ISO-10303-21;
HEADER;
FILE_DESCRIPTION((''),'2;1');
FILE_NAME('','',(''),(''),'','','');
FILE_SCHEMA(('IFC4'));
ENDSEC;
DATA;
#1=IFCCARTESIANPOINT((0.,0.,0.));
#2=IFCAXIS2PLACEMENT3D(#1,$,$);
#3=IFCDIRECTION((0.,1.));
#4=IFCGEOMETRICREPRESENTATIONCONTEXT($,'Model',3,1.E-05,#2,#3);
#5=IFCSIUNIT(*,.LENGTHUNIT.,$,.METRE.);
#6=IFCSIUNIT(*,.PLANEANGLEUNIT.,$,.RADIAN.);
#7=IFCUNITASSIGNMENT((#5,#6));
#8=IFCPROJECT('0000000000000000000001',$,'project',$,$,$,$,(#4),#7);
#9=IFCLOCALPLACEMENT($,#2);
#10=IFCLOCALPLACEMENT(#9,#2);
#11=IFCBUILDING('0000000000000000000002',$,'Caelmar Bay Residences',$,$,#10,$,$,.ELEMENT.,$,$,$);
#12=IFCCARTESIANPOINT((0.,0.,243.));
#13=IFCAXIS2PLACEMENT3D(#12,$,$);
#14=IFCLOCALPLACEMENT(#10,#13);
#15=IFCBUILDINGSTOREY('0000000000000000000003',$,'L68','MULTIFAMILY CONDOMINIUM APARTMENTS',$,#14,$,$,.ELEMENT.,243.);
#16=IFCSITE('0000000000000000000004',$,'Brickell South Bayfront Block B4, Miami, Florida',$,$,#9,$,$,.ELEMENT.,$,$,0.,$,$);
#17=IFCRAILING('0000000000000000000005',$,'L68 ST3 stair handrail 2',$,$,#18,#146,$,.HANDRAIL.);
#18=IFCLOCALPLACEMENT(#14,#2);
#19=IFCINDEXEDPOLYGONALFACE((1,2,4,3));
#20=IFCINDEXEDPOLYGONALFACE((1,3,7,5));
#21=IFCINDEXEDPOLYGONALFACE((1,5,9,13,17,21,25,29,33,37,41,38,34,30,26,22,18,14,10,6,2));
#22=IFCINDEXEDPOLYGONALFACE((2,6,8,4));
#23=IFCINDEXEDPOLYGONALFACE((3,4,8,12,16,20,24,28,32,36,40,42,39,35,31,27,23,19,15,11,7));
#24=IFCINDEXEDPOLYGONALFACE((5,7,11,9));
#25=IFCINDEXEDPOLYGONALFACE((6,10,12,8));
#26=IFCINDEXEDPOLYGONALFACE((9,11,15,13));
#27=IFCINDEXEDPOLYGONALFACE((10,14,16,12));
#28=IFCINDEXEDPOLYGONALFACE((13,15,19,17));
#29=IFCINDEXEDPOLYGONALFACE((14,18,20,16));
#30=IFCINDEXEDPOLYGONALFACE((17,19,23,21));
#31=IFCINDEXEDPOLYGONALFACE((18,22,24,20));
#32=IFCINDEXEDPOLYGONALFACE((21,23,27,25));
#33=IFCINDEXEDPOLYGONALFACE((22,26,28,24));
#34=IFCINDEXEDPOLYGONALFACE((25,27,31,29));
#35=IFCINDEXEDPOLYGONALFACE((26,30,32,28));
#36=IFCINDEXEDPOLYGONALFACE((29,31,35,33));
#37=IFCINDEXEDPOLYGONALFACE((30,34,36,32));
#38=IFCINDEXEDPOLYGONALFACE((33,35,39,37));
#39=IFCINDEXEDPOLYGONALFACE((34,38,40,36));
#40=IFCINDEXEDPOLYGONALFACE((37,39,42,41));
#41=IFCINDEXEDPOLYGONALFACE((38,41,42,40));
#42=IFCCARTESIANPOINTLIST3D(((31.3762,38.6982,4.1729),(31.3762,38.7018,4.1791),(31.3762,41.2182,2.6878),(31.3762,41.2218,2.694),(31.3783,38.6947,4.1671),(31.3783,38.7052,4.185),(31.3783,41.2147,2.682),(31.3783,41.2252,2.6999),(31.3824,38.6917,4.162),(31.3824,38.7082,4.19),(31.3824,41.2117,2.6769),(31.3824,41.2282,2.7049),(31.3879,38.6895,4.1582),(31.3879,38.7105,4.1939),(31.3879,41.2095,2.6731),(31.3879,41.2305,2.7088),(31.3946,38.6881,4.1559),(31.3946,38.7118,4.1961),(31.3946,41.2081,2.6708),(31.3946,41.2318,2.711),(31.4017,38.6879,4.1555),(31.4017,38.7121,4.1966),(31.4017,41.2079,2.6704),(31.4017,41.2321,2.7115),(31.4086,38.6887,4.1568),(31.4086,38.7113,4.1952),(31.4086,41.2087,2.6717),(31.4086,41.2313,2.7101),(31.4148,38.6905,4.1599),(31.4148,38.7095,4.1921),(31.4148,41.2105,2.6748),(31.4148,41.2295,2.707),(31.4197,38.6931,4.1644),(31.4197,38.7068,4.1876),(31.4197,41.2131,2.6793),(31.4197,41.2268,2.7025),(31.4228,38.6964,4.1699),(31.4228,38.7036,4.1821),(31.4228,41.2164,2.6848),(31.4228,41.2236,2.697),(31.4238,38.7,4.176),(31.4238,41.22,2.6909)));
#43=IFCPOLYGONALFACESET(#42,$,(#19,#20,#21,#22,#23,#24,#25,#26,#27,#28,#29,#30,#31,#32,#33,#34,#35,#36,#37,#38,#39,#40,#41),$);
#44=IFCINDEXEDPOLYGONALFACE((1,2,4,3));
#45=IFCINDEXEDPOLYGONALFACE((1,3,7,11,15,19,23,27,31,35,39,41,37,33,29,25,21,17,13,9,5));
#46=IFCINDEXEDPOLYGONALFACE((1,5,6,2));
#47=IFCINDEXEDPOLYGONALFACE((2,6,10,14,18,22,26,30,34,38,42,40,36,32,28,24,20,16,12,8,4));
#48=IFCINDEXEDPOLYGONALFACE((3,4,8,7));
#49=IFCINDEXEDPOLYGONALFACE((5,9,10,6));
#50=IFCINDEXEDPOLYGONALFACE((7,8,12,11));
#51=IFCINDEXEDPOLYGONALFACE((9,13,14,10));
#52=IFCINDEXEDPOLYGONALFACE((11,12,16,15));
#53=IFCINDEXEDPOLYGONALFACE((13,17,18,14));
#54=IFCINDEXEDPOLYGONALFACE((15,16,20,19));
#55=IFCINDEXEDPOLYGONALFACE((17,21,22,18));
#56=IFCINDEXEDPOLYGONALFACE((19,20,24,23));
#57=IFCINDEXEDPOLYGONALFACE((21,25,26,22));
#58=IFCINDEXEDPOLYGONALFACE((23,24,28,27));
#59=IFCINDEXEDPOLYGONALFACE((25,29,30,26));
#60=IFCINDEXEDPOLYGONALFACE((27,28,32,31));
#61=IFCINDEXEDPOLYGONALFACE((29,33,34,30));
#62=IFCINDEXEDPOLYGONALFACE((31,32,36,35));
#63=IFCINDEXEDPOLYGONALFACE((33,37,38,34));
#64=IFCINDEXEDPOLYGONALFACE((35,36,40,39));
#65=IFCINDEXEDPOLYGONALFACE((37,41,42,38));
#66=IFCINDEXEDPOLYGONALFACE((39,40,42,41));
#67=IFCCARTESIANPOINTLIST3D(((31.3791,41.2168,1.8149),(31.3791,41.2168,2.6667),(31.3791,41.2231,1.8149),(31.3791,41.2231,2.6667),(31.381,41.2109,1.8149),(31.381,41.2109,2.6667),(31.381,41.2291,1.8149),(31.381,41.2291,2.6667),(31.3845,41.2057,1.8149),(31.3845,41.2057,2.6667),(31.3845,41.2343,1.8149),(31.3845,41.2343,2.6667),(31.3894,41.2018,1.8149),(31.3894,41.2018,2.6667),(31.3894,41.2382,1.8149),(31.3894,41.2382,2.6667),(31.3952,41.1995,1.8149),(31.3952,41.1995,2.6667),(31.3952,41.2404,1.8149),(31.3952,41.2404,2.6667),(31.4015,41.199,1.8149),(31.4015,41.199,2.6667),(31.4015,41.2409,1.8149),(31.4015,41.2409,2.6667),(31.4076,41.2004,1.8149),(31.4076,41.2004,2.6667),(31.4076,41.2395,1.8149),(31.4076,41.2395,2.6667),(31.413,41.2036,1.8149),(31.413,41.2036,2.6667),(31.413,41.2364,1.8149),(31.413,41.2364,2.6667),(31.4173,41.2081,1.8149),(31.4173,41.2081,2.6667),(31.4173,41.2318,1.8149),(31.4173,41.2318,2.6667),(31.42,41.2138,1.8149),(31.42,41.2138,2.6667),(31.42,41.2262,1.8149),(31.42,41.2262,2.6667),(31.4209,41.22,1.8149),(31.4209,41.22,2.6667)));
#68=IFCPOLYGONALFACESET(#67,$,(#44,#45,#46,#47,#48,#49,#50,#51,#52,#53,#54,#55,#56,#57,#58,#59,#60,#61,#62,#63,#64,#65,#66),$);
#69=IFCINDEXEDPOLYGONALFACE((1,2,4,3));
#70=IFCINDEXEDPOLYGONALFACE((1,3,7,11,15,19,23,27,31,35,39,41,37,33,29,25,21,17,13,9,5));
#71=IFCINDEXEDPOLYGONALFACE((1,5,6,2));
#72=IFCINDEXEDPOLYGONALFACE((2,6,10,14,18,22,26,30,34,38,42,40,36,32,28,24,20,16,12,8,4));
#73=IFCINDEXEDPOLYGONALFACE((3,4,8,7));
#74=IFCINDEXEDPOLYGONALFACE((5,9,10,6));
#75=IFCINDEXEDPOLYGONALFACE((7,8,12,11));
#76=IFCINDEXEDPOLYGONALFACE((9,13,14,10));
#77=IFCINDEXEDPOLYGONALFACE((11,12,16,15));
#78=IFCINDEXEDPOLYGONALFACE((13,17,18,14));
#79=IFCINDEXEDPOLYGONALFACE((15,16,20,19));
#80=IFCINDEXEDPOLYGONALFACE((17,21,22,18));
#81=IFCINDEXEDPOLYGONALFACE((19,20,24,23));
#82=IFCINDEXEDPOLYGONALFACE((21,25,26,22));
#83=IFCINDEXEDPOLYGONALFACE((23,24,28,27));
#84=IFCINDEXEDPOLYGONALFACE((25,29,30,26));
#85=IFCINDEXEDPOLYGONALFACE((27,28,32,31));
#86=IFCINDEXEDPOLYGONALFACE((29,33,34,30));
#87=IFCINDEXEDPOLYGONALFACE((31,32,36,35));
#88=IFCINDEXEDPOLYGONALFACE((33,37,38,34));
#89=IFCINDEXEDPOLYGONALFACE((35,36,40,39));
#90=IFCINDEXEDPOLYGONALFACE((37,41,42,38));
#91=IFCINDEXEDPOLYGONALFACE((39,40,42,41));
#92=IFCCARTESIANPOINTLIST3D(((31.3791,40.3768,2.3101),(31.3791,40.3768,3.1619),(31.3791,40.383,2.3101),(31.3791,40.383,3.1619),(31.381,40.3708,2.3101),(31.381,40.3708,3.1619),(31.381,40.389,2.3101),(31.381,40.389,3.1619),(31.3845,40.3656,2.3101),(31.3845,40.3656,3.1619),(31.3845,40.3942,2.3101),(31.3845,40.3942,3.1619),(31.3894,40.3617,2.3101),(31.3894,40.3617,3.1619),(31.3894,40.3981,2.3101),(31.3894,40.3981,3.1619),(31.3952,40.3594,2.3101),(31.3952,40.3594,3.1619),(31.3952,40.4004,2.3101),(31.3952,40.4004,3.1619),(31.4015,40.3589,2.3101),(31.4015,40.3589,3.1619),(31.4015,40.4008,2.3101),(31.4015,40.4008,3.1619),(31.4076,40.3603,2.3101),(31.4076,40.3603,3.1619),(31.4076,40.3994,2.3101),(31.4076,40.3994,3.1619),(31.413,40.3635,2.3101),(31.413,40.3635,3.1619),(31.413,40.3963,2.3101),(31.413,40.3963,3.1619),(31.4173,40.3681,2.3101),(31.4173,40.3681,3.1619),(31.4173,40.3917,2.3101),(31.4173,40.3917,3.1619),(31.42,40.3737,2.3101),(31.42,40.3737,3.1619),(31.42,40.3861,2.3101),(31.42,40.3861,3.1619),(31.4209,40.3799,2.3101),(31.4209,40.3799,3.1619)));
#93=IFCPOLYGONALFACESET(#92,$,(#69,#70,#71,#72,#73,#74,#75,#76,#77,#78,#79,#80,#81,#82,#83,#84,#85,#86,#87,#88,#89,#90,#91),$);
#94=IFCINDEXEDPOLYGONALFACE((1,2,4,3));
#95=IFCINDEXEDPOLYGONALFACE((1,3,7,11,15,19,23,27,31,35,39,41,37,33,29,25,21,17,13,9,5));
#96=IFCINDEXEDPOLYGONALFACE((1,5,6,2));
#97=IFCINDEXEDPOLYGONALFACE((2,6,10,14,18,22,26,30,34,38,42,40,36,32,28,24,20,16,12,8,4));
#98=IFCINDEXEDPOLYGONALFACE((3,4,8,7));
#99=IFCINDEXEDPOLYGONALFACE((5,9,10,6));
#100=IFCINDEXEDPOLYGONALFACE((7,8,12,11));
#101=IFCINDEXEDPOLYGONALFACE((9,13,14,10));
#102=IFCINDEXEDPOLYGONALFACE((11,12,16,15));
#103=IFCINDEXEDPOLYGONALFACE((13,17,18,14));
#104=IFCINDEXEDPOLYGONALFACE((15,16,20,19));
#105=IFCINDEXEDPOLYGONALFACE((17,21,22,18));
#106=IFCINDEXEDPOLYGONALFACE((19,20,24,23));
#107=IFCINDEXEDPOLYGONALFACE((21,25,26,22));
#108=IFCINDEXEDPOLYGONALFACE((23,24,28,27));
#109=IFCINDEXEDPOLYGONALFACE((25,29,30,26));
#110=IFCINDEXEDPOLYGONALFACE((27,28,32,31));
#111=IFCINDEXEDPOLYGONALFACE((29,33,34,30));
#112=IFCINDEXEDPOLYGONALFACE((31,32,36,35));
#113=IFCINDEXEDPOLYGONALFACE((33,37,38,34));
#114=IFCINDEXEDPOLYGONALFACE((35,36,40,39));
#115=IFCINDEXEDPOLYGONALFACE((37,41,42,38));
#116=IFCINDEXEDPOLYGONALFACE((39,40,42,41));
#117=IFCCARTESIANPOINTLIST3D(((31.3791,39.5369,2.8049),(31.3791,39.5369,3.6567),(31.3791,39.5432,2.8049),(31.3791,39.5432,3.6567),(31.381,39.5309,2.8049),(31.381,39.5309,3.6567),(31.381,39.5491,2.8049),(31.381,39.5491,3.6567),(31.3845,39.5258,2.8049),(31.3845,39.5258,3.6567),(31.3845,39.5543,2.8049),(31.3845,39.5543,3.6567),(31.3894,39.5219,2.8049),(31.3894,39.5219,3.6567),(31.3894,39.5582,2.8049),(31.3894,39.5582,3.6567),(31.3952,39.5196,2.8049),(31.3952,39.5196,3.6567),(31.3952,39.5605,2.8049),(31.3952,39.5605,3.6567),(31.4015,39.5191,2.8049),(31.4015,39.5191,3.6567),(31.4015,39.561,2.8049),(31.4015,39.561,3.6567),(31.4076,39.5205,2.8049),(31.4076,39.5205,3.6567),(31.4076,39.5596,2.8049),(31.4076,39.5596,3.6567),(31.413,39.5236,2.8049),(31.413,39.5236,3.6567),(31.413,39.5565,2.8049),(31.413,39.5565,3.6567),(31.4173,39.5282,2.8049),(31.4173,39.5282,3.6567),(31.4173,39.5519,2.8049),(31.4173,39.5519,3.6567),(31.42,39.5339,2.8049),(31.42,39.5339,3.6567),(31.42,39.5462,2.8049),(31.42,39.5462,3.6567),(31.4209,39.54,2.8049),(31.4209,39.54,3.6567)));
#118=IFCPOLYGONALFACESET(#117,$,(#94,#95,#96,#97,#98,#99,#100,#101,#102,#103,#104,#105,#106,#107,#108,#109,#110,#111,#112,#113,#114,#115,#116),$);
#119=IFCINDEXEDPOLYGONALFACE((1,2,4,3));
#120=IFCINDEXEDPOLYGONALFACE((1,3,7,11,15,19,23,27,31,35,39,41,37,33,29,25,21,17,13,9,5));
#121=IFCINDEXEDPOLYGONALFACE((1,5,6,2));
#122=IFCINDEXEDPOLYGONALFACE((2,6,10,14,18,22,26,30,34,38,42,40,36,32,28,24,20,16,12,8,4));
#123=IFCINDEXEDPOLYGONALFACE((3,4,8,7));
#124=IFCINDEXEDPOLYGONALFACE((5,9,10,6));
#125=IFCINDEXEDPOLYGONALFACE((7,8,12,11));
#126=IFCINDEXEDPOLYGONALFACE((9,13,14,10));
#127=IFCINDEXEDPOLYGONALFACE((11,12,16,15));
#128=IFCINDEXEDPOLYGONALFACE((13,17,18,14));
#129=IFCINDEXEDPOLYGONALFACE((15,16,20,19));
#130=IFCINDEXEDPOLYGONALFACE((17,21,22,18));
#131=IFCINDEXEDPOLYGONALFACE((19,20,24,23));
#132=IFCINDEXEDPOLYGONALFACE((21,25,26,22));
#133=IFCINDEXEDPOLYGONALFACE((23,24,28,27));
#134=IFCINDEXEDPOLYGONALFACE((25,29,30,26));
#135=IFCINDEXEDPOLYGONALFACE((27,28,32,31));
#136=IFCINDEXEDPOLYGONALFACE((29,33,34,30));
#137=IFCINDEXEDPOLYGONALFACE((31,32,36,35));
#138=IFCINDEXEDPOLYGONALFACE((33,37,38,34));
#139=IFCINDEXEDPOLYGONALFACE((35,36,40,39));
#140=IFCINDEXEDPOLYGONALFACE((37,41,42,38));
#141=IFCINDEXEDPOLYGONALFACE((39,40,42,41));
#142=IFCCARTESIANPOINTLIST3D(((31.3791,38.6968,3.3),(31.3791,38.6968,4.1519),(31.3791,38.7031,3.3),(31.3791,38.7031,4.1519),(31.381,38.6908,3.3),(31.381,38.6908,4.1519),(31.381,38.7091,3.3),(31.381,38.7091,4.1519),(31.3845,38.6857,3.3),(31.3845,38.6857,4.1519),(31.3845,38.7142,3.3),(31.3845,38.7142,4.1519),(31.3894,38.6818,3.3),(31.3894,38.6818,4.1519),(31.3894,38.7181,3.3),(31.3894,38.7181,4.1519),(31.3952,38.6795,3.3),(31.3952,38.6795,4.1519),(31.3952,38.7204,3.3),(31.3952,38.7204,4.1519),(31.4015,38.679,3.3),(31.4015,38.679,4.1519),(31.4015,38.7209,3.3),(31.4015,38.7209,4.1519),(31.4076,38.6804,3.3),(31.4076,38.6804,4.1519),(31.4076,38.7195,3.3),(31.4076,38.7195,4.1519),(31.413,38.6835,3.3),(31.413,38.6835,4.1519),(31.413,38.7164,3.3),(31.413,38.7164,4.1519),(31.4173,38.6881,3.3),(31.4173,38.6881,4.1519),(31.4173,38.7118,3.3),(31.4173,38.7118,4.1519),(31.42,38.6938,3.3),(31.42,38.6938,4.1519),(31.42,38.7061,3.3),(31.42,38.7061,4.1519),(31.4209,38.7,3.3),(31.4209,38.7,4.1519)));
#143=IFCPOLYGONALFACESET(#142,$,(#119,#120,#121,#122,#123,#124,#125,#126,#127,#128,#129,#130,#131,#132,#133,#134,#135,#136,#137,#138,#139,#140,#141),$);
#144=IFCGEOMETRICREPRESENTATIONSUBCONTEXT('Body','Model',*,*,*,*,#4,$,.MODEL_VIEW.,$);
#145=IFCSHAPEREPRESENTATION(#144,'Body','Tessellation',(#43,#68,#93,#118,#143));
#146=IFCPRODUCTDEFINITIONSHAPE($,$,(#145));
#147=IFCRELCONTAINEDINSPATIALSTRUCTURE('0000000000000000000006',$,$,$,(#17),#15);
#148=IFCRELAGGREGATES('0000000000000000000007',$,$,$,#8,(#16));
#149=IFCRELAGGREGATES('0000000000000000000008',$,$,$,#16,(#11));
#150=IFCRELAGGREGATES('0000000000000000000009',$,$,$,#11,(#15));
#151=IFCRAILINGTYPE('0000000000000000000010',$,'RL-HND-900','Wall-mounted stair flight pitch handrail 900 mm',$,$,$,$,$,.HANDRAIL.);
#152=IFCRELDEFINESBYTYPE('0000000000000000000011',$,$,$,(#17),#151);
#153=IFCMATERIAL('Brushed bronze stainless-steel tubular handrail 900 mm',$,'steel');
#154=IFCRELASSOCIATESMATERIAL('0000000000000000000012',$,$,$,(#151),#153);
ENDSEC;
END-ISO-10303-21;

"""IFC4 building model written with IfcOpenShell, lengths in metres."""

from ifc_helpers import new_model, si_unit, direction, frame, origin, origin_2d, place, context, subcontext, project, spatial, circle, extrude, material, type_object, element, save


model = new_model("IFC4")

# Units and contexts
model_context = context("Model", 3, precision=1e-05, world=origin(), true_north=direction((0.0, 1.0)))
body_context = subcontext(model_context, "Body", "Model", "MODEL_VIEW")
ifc_project = project(units=[si_unit("LENGTHUNIT", "METRE"), si_unit("PLANEANGLEUNIT", "RADIAN")], contexts=[model_context])

# Site, building, storey
site_placement = place(None, origin())
site = spatial("IfcSite", under=ifc_project, at=site_placement, Name="Brickell South Bayfront Block B4, Miami, Florida", CompositionType="ELEMENT", RefElevation=0.0)
building_placement = place(site_placement, origin())
building = spatial("IfcBuilding", under=site, at=building_placement, Name="Caelmar Bay Residences", CompositionType="ELEMENT")
storey_placement = place(building_placement, frame((0.0, 0.0, 243.0)))
storey = spatial("IfcBuildingStorey", under=building, at=storey_placement, Name="L68", Description="MULTIFAMILY CONDOMINIUM APARTMENTS", CompositionType="ELEMENT", Elevation=243.0)

# Railing
ifc_material_1 = material(Name="Brushed bronze stainless-steel tubular handrail 900 mm", Category="steel")
railing_type_1 = type_object("IfcRailingType", Name="RL-HND-900", Description="Wall-mounted stair flight pitch handrail 900 mm", PredefinedType="HANDRAIL", material=ifc_material_1)
railing_1_placement = place(storey_placement, frame((31.3999, 41.22, 1.8149)))
element("IfcRailing", 1, at=railing_1_placement, inside=storey, type_object=railing_type_1, Name="L68 ST3 stair handrail 2", PredefinedType="HANDRAIL", context=body_context, shape_type="SweptSolid", body=[
    extrude(circle(Radius=0.0239, at=origin_2d()), frame((0.0, 0.0, 0.876), z_axis=(0.0, -0.861524, 0.507717), x_axis=(1.0, 0.0, 0.0)), (0.0, 0.0, 1.0), 2.925),
    extrude(circle(Radius=0.021, at=origin_2d()), origin(), (0.0, 0.0, 1.0), 0.8518),
    extrude(circle(Radius=0.021, at=origin_2d()), frame((0.0, -0.8401, 0.4951)), (0.0, 0.0, 1.0), 0.8518),
    extrude(circle(Radius=0.021, at=origin_2d()), frame((0.0, -1.6799, 0.99)), (0.0, 0.0, 1.0), 0.8518),
    extrude(circle(Radius=0.021, at=origin_2d()), frame((0.0, -2.52, 1.4851)), (0.0, 0.0, 1.0), 0.8518),
])

save(model, "model.ifc")
